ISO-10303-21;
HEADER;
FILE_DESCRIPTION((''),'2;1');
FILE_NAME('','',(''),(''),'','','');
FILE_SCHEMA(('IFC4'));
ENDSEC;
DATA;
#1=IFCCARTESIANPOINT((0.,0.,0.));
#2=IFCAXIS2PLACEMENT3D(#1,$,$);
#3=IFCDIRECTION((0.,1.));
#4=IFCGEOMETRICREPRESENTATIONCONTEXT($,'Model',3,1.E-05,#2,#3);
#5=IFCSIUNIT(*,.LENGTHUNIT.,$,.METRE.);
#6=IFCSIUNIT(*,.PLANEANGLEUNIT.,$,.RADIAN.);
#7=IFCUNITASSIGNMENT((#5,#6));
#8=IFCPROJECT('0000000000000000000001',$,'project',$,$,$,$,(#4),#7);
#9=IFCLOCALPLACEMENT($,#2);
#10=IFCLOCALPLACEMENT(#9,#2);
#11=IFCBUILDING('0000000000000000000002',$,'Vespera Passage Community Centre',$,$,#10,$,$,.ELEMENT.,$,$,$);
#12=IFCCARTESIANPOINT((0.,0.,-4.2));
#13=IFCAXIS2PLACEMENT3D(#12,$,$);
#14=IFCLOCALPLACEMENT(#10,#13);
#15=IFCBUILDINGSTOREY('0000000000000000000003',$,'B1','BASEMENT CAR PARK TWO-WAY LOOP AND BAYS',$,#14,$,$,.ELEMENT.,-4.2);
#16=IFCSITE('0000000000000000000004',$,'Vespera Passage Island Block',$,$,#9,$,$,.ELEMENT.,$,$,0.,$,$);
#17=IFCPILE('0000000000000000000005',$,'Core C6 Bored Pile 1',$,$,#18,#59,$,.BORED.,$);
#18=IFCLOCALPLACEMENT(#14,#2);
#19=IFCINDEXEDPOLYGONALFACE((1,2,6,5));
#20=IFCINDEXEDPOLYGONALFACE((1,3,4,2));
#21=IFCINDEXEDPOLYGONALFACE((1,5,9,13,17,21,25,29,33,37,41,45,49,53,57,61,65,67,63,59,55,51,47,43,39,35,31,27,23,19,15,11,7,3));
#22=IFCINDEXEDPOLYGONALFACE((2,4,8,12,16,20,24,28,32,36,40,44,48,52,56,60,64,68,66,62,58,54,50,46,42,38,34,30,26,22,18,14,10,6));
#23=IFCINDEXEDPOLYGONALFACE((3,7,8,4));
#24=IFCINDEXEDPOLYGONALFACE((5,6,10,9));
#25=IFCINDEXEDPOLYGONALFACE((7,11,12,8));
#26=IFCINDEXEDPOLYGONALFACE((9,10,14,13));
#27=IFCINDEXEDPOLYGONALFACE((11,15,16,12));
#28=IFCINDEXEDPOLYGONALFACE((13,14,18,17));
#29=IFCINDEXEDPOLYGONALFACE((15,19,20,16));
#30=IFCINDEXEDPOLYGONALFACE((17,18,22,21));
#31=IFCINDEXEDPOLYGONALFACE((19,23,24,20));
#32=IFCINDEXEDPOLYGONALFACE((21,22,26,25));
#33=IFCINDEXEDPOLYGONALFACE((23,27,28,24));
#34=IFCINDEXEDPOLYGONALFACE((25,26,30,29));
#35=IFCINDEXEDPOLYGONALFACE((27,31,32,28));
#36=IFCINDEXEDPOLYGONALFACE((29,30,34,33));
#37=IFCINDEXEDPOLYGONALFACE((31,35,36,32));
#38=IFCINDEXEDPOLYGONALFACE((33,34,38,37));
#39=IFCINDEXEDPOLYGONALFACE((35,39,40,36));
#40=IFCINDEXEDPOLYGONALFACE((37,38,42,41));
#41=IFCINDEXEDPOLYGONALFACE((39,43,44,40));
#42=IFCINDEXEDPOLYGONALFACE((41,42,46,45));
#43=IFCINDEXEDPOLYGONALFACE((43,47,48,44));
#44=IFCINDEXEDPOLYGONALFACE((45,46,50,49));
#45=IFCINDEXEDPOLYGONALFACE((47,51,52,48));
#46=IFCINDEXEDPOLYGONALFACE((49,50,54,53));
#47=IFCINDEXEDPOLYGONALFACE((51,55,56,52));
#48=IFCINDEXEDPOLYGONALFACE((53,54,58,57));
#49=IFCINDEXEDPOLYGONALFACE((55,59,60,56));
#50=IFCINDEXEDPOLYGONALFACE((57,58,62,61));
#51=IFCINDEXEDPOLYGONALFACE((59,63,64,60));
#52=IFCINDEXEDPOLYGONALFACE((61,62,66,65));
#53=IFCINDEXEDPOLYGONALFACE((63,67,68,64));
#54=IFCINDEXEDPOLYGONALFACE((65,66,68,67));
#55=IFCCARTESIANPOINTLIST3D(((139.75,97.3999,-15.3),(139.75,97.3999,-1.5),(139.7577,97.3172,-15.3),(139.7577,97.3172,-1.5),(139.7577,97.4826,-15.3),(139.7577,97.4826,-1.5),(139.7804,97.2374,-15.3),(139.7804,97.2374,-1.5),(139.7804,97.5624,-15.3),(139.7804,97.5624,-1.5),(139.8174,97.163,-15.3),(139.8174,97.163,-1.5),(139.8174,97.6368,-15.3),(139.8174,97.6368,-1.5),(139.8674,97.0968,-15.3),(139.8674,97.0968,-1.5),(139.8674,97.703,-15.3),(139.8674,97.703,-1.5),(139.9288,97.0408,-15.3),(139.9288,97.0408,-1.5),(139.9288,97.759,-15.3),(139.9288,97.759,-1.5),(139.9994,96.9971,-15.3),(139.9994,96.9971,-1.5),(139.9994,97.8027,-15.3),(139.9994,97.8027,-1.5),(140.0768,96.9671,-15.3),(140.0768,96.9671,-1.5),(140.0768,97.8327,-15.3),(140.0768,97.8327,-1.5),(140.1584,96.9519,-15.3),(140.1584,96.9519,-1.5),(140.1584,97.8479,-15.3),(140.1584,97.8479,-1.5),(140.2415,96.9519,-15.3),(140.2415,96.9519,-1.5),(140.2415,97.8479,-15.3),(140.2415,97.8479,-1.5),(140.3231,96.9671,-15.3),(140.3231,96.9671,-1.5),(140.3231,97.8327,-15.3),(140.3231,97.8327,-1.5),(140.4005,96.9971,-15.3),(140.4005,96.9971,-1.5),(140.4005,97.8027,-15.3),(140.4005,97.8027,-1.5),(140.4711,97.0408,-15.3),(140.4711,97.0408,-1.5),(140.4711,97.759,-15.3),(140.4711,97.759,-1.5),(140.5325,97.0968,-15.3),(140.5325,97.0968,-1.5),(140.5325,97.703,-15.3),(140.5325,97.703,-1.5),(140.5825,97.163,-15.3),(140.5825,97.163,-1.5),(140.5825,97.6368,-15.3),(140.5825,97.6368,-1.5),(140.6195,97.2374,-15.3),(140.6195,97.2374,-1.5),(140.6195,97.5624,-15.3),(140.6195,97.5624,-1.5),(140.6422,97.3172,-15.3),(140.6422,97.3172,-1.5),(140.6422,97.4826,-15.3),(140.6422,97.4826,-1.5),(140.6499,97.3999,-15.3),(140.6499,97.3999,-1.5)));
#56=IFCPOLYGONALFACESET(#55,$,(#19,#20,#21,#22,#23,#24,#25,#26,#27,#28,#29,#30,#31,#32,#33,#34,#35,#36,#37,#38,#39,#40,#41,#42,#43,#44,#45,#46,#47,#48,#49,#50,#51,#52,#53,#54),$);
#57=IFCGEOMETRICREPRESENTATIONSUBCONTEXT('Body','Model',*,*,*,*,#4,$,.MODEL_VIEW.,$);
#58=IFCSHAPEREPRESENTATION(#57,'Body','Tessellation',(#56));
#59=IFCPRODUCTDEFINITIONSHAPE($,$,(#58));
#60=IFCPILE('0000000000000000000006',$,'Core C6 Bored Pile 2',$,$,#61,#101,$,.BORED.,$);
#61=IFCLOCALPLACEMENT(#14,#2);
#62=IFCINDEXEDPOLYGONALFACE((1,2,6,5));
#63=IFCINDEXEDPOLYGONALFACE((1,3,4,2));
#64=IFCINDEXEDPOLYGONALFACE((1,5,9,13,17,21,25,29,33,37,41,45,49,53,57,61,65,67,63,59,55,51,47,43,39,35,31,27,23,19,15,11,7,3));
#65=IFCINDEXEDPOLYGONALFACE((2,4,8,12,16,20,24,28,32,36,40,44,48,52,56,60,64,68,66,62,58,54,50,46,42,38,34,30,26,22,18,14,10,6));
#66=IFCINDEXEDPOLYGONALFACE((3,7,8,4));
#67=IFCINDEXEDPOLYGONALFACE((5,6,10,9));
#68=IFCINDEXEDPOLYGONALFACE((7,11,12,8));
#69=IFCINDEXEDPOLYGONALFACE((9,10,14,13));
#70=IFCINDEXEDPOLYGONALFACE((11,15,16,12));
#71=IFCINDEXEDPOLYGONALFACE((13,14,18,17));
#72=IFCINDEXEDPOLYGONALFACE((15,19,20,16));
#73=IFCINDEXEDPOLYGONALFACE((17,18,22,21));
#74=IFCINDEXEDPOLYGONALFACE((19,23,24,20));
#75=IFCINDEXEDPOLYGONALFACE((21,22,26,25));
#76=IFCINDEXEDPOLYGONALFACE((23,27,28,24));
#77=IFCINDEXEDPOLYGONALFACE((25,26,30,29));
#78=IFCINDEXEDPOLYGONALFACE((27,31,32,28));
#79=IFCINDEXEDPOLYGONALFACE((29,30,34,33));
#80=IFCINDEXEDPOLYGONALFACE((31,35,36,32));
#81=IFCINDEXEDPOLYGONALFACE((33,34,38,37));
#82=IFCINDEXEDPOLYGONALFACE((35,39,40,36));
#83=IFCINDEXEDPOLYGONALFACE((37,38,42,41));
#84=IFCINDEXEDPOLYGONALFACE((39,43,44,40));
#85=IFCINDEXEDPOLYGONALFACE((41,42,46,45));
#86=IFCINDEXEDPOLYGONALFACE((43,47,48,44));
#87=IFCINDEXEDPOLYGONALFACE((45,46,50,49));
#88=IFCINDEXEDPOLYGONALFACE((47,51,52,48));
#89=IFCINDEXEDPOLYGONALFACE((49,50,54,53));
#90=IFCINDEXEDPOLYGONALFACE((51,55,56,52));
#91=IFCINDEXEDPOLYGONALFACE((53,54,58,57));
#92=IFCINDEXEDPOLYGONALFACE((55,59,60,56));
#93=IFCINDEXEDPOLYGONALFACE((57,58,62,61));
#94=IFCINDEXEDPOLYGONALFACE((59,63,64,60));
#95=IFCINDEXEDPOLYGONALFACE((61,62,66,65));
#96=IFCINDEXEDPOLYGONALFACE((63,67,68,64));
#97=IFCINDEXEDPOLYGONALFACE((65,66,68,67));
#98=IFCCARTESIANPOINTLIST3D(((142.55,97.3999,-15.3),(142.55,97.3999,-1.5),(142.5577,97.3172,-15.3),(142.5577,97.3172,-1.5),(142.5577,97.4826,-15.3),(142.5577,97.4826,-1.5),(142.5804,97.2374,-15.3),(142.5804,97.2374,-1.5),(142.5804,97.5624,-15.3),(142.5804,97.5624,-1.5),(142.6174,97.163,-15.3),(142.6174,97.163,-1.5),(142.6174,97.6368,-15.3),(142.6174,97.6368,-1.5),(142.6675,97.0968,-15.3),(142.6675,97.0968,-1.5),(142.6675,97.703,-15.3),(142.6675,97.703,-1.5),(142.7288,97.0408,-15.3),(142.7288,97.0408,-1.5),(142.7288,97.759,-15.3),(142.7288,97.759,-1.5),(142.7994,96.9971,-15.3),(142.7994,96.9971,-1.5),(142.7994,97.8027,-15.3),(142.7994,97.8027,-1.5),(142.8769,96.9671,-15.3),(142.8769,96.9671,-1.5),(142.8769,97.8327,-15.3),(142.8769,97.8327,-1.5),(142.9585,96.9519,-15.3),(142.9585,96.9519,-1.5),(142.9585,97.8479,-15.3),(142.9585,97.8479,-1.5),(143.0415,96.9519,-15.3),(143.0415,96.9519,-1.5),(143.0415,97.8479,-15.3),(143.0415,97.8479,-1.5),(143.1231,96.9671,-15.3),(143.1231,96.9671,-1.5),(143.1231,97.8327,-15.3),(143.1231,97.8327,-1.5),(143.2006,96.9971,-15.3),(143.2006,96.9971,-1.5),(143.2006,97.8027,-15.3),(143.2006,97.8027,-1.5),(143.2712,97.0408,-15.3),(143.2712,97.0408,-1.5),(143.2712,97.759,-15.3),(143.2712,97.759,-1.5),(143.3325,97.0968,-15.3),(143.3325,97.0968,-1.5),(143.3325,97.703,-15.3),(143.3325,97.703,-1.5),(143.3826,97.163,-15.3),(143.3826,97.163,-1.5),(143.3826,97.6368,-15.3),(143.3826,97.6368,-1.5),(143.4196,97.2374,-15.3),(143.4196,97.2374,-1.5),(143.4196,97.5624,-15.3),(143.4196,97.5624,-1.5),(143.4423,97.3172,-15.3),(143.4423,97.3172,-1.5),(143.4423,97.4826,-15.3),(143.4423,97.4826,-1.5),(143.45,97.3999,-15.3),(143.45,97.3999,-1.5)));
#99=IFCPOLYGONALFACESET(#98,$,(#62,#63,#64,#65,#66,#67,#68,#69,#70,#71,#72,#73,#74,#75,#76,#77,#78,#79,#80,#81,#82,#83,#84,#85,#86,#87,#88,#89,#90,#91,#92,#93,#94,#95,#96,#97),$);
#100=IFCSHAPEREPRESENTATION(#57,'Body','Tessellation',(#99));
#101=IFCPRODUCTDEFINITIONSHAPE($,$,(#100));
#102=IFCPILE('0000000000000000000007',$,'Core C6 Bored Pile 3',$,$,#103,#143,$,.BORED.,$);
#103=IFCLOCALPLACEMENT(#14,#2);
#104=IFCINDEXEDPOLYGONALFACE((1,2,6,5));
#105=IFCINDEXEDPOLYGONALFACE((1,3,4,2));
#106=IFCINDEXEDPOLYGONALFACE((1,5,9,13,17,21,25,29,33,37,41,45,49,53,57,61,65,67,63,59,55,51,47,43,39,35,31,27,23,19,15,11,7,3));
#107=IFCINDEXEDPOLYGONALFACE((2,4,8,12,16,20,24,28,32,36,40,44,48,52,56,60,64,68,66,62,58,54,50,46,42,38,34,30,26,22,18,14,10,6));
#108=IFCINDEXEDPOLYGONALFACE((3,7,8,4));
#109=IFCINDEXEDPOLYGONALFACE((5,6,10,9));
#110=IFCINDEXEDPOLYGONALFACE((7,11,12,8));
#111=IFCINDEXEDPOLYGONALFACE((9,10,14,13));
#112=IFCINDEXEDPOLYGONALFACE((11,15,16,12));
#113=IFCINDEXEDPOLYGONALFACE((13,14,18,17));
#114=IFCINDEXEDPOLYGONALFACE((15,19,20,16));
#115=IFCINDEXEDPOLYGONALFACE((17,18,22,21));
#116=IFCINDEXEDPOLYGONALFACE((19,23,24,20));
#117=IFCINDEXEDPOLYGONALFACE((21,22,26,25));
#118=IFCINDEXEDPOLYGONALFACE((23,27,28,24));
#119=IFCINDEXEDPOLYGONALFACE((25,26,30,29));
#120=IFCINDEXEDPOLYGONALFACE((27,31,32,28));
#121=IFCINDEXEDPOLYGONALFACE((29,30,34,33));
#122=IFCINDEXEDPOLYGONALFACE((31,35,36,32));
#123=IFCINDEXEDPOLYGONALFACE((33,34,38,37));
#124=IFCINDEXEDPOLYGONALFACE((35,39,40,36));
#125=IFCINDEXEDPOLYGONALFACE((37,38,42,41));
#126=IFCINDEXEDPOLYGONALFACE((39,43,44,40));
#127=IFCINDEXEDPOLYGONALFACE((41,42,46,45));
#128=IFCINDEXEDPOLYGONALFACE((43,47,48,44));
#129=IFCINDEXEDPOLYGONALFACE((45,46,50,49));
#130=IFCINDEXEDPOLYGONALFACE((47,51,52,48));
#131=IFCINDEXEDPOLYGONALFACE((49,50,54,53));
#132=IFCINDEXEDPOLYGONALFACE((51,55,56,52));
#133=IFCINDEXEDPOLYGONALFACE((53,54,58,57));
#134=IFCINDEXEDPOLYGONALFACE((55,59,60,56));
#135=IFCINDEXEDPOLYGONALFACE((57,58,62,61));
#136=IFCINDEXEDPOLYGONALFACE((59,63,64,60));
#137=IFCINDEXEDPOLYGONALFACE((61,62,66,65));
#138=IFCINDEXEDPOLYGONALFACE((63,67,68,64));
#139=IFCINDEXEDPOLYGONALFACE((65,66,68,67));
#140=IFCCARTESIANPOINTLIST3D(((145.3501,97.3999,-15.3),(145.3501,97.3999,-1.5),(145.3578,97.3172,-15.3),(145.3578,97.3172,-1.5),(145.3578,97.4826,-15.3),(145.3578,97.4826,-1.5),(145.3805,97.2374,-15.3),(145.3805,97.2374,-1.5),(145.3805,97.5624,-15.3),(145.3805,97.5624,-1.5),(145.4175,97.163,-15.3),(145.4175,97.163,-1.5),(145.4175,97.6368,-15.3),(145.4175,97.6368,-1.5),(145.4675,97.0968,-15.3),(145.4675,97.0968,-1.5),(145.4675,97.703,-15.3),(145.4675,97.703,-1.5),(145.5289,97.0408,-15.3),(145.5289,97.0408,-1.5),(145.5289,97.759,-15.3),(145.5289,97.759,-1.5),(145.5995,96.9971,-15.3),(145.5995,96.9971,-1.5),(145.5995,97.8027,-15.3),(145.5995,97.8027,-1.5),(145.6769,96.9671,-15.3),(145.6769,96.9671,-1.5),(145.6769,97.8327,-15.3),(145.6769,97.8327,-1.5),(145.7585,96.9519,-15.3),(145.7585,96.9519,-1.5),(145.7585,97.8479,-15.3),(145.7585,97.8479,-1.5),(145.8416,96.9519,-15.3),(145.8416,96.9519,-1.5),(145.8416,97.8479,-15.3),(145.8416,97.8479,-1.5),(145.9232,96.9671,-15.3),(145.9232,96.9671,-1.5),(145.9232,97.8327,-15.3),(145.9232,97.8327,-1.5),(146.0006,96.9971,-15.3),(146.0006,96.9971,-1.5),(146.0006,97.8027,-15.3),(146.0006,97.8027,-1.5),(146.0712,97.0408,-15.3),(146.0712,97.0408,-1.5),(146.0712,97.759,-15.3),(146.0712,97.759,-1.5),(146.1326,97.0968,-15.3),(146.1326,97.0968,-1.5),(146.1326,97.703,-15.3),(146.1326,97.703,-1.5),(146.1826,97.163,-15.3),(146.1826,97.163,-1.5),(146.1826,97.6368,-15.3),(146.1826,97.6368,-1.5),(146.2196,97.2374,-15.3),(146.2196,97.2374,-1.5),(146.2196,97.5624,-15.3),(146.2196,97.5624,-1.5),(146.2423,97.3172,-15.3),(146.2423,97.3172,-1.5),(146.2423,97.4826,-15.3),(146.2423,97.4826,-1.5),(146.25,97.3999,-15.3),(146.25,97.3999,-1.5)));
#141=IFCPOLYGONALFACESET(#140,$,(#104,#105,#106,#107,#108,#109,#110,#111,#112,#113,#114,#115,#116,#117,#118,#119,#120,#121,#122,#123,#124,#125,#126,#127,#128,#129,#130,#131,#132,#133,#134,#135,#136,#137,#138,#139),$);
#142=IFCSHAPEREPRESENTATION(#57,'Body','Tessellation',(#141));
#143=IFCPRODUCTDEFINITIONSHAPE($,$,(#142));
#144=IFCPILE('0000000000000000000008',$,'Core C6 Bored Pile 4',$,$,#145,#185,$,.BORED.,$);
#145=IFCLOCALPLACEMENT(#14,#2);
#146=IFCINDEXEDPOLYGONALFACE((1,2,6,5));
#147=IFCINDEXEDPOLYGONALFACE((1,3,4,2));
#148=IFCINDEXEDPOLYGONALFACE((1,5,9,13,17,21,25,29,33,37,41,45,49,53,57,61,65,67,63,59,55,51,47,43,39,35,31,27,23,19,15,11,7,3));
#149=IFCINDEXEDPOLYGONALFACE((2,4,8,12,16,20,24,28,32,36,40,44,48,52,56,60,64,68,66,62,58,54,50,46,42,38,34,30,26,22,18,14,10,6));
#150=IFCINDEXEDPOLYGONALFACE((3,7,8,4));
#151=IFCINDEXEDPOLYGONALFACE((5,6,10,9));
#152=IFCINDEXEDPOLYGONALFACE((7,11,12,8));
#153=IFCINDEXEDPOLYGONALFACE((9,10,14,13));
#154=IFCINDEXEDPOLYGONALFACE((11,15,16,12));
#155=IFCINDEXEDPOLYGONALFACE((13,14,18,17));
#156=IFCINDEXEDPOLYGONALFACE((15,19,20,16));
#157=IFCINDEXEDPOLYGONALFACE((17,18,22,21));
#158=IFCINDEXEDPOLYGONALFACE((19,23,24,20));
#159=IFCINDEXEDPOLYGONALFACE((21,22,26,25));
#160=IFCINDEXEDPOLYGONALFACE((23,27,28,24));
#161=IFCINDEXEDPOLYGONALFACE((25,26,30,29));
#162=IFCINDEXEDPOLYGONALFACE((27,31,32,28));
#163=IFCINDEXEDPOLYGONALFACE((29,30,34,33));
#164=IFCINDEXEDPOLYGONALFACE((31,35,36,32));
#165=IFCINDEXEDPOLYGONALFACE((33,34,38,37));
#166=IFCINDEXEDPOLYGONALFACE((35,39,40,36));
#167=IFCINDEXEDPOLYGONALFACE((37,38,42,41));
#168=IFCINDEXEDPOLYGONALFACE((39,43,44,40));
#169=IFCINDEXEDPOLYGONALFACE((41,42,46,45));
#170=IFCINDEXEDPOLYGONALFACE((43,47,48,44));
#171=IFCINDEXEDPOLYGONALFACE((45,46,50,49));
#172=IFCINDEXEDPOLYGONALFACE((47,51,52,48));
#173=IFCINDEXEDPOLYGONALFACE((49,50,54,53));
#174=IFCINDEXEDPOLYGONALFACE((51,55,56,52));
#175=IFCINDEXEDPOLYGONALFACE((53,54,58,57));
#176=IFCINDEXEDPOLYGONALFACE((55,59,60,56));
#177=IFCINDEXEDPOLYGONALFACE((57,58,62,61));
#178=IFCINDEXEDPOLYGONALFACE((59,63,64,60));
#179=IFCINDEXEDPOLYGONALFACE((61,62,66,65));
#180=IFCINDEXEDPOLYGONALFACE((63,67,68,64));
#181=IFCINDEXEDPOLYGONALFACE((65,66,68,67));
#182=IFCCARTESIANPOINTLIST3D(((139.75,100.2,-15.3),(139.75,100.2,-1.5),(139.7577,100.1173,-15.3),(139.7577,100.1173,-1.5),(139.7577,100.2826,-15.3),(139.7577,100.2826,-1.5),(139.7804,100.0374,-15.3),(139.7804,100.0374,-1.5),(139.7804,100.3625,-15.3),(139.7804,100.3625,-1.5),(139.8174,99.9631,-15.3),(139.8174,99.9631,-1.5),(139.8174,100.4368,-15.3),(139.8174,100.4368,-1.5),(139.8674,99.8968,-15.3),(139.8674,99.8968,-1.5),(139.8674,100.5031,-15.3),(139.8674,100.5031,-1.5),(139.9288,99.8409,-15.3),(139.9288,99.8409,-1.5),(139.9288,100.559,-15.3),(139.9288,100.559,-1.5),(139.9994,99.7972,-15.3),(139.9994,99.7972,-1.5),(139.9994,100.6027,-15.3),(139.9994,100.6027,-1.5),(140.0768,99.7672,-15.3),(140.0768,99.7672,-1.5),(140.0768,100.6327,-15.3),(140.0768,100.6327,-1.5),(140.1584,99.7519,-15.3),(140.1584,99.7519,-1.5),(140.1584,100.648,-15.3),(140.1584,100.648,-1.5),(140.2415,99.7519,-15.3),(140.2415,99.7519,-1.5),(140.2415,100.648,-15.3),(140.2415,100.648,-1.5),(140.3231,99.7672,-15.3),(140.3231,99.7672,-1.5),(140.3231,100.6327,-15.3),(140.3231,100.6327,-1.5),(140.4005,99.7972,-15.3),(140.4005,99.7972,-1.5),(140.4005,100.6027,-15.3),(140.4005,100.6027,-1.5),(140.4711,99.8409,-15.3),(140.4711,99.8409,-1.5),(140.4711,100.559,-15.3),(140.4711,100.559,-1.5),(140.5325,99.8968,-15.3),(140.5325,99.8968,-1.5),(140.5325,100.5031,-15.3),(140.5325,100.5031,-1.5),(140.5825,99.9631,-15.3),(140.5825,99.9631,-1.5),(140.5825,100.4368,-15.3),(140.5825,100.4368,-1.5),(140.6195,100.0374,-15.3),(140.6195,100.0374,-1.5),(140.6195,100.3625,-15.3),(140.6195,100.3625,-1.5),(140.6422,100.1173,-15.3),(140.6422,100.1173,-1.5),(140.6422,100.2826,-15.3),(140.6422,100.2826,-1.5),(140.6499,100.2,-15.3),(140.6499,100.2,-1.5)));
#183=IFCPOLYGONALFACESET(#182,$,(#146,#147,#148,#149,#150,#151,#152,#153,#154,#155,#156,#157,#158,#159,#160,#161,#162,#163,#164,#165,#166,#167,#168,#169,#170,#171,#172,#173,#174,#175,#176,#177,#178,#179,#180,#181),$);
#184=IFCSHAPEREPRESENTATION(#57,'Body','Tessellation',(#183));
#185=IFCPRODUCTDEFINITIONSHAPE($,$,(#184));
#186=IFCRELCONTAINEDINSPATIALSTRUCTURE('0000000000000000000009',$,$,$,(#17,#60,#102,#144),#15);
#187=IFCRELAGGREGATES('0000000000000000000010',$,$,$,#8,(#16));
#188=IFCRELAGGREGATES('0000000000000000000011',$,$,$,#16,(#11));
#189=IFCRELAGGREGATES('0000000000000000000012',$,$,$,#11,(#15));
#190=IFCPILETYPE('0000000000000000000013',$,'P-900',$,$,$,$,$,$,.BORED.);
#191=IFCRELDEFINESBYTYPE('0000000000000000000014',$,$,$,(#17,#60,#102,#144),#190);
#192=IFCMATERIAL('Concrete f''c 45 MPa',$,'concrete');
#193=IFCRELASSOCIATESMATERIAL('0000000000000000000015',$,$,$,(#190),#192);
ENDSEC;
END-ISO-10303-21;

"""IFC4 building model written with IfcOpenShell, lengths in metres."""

from ifc_helpers import new_model, si_unit, direction, frame, origin, origin_2d, place, context, subcontext, project, spatial, circle, extrude, material, material_profile, profile_set, type_object, element, save


model = new_model("IFC4")

# Units and contexts
model_context = context("Model", 3, precision=1e-05, world=origin(), true_north=direction((0.0, 1.0)))
body_context = subcontext(model_context, "Body", "Model", "MODEL_VIEW")
ifc_project = project(units=[si_unit("LENGTHUNIT", "METRE"), si_unit("PLANEANGLEUNIT", "RADIAN")], contexts=[model_context])

# Site, building, storey
site_placement = place(None, origin())
site = spatial("IfcSite", under=ifc_project, at=site_placement, Name="Vespera Passage Island Block", CompositionType="ELEMENT", RefElevation=0.0)
building_placement = place(site_placement, origin())
building = spatial("IfcBuilding", under=site, at=building_placement, Name="Vespera Passage Community Centre", CompositionType="ELEMENT")
storey_placement = place(building_placement, frame((0.0, 0.0, -4.2)))
storey = spatial("IfcBuildingStorey", under=building, at=storey_placement, Name="B1", Description="BASEMENT CAR PARK TWO-WAY LOOP AND BAYS", CompositionType="ELEMENT", Elevation=-4.2)

# Piles
ifc_material_1 = material(Name="Concrete f'c 45 MPa", Category="concrete")
ifc_material_profile_1 = material_profile(ifc_material_1, circle(Radius=0.45, at=origin_2d()), Name="PILE900DIA")
ifc_profile_set_1 = profile_set([ifc_material_profile_1], Name="Concrete f'c 45 MPa")
pile_type_1 = type_object("IfcPileType", Name="P-900", PredefinedType="BORED", material=ifc_profile_set_1)
for number, where, z_axis, x_axis, name in (
    (1, (140.2, 97.3999, -1.5), (0.0, 0.0, -1.0), (1.0, 0.0, 0.0), "Core C6 Bored Pile 1"),
    (2, (143.0, 97.3999, -1.5), (0.0, 0.0, -1.0), (1.0, 0.0, 0.0), "Core C6 Bored Pile 2"),
    (3, (145.8, 97.3999, -1.5), (0.0, 0.0, -1.0), (1.0, 0.0, 0.0), "Core C6 Bored Pile 3"),
    (4, (140.2, 100.2, -1.5), (0.0, 0.0, -1.0), (1.0, 0.0, 0.0), "Core C6 Bored Pile 4"),
):
    element("IfcPile", number, at=place(storey_placement, frame(where, z_axis=z_axis, x_axis=x_axis)), inside=storey, type_object=pile_type_1, Name=name, PredefinedType="BORED", context=body_context, shape_type="SweptSolid", body=[
        extrude(circle(Radius=0.45, at=origin_2d()), origin(), (0.0, 0.0, 1.0), 13.8),
    ])

save(model, "model.ifc")
